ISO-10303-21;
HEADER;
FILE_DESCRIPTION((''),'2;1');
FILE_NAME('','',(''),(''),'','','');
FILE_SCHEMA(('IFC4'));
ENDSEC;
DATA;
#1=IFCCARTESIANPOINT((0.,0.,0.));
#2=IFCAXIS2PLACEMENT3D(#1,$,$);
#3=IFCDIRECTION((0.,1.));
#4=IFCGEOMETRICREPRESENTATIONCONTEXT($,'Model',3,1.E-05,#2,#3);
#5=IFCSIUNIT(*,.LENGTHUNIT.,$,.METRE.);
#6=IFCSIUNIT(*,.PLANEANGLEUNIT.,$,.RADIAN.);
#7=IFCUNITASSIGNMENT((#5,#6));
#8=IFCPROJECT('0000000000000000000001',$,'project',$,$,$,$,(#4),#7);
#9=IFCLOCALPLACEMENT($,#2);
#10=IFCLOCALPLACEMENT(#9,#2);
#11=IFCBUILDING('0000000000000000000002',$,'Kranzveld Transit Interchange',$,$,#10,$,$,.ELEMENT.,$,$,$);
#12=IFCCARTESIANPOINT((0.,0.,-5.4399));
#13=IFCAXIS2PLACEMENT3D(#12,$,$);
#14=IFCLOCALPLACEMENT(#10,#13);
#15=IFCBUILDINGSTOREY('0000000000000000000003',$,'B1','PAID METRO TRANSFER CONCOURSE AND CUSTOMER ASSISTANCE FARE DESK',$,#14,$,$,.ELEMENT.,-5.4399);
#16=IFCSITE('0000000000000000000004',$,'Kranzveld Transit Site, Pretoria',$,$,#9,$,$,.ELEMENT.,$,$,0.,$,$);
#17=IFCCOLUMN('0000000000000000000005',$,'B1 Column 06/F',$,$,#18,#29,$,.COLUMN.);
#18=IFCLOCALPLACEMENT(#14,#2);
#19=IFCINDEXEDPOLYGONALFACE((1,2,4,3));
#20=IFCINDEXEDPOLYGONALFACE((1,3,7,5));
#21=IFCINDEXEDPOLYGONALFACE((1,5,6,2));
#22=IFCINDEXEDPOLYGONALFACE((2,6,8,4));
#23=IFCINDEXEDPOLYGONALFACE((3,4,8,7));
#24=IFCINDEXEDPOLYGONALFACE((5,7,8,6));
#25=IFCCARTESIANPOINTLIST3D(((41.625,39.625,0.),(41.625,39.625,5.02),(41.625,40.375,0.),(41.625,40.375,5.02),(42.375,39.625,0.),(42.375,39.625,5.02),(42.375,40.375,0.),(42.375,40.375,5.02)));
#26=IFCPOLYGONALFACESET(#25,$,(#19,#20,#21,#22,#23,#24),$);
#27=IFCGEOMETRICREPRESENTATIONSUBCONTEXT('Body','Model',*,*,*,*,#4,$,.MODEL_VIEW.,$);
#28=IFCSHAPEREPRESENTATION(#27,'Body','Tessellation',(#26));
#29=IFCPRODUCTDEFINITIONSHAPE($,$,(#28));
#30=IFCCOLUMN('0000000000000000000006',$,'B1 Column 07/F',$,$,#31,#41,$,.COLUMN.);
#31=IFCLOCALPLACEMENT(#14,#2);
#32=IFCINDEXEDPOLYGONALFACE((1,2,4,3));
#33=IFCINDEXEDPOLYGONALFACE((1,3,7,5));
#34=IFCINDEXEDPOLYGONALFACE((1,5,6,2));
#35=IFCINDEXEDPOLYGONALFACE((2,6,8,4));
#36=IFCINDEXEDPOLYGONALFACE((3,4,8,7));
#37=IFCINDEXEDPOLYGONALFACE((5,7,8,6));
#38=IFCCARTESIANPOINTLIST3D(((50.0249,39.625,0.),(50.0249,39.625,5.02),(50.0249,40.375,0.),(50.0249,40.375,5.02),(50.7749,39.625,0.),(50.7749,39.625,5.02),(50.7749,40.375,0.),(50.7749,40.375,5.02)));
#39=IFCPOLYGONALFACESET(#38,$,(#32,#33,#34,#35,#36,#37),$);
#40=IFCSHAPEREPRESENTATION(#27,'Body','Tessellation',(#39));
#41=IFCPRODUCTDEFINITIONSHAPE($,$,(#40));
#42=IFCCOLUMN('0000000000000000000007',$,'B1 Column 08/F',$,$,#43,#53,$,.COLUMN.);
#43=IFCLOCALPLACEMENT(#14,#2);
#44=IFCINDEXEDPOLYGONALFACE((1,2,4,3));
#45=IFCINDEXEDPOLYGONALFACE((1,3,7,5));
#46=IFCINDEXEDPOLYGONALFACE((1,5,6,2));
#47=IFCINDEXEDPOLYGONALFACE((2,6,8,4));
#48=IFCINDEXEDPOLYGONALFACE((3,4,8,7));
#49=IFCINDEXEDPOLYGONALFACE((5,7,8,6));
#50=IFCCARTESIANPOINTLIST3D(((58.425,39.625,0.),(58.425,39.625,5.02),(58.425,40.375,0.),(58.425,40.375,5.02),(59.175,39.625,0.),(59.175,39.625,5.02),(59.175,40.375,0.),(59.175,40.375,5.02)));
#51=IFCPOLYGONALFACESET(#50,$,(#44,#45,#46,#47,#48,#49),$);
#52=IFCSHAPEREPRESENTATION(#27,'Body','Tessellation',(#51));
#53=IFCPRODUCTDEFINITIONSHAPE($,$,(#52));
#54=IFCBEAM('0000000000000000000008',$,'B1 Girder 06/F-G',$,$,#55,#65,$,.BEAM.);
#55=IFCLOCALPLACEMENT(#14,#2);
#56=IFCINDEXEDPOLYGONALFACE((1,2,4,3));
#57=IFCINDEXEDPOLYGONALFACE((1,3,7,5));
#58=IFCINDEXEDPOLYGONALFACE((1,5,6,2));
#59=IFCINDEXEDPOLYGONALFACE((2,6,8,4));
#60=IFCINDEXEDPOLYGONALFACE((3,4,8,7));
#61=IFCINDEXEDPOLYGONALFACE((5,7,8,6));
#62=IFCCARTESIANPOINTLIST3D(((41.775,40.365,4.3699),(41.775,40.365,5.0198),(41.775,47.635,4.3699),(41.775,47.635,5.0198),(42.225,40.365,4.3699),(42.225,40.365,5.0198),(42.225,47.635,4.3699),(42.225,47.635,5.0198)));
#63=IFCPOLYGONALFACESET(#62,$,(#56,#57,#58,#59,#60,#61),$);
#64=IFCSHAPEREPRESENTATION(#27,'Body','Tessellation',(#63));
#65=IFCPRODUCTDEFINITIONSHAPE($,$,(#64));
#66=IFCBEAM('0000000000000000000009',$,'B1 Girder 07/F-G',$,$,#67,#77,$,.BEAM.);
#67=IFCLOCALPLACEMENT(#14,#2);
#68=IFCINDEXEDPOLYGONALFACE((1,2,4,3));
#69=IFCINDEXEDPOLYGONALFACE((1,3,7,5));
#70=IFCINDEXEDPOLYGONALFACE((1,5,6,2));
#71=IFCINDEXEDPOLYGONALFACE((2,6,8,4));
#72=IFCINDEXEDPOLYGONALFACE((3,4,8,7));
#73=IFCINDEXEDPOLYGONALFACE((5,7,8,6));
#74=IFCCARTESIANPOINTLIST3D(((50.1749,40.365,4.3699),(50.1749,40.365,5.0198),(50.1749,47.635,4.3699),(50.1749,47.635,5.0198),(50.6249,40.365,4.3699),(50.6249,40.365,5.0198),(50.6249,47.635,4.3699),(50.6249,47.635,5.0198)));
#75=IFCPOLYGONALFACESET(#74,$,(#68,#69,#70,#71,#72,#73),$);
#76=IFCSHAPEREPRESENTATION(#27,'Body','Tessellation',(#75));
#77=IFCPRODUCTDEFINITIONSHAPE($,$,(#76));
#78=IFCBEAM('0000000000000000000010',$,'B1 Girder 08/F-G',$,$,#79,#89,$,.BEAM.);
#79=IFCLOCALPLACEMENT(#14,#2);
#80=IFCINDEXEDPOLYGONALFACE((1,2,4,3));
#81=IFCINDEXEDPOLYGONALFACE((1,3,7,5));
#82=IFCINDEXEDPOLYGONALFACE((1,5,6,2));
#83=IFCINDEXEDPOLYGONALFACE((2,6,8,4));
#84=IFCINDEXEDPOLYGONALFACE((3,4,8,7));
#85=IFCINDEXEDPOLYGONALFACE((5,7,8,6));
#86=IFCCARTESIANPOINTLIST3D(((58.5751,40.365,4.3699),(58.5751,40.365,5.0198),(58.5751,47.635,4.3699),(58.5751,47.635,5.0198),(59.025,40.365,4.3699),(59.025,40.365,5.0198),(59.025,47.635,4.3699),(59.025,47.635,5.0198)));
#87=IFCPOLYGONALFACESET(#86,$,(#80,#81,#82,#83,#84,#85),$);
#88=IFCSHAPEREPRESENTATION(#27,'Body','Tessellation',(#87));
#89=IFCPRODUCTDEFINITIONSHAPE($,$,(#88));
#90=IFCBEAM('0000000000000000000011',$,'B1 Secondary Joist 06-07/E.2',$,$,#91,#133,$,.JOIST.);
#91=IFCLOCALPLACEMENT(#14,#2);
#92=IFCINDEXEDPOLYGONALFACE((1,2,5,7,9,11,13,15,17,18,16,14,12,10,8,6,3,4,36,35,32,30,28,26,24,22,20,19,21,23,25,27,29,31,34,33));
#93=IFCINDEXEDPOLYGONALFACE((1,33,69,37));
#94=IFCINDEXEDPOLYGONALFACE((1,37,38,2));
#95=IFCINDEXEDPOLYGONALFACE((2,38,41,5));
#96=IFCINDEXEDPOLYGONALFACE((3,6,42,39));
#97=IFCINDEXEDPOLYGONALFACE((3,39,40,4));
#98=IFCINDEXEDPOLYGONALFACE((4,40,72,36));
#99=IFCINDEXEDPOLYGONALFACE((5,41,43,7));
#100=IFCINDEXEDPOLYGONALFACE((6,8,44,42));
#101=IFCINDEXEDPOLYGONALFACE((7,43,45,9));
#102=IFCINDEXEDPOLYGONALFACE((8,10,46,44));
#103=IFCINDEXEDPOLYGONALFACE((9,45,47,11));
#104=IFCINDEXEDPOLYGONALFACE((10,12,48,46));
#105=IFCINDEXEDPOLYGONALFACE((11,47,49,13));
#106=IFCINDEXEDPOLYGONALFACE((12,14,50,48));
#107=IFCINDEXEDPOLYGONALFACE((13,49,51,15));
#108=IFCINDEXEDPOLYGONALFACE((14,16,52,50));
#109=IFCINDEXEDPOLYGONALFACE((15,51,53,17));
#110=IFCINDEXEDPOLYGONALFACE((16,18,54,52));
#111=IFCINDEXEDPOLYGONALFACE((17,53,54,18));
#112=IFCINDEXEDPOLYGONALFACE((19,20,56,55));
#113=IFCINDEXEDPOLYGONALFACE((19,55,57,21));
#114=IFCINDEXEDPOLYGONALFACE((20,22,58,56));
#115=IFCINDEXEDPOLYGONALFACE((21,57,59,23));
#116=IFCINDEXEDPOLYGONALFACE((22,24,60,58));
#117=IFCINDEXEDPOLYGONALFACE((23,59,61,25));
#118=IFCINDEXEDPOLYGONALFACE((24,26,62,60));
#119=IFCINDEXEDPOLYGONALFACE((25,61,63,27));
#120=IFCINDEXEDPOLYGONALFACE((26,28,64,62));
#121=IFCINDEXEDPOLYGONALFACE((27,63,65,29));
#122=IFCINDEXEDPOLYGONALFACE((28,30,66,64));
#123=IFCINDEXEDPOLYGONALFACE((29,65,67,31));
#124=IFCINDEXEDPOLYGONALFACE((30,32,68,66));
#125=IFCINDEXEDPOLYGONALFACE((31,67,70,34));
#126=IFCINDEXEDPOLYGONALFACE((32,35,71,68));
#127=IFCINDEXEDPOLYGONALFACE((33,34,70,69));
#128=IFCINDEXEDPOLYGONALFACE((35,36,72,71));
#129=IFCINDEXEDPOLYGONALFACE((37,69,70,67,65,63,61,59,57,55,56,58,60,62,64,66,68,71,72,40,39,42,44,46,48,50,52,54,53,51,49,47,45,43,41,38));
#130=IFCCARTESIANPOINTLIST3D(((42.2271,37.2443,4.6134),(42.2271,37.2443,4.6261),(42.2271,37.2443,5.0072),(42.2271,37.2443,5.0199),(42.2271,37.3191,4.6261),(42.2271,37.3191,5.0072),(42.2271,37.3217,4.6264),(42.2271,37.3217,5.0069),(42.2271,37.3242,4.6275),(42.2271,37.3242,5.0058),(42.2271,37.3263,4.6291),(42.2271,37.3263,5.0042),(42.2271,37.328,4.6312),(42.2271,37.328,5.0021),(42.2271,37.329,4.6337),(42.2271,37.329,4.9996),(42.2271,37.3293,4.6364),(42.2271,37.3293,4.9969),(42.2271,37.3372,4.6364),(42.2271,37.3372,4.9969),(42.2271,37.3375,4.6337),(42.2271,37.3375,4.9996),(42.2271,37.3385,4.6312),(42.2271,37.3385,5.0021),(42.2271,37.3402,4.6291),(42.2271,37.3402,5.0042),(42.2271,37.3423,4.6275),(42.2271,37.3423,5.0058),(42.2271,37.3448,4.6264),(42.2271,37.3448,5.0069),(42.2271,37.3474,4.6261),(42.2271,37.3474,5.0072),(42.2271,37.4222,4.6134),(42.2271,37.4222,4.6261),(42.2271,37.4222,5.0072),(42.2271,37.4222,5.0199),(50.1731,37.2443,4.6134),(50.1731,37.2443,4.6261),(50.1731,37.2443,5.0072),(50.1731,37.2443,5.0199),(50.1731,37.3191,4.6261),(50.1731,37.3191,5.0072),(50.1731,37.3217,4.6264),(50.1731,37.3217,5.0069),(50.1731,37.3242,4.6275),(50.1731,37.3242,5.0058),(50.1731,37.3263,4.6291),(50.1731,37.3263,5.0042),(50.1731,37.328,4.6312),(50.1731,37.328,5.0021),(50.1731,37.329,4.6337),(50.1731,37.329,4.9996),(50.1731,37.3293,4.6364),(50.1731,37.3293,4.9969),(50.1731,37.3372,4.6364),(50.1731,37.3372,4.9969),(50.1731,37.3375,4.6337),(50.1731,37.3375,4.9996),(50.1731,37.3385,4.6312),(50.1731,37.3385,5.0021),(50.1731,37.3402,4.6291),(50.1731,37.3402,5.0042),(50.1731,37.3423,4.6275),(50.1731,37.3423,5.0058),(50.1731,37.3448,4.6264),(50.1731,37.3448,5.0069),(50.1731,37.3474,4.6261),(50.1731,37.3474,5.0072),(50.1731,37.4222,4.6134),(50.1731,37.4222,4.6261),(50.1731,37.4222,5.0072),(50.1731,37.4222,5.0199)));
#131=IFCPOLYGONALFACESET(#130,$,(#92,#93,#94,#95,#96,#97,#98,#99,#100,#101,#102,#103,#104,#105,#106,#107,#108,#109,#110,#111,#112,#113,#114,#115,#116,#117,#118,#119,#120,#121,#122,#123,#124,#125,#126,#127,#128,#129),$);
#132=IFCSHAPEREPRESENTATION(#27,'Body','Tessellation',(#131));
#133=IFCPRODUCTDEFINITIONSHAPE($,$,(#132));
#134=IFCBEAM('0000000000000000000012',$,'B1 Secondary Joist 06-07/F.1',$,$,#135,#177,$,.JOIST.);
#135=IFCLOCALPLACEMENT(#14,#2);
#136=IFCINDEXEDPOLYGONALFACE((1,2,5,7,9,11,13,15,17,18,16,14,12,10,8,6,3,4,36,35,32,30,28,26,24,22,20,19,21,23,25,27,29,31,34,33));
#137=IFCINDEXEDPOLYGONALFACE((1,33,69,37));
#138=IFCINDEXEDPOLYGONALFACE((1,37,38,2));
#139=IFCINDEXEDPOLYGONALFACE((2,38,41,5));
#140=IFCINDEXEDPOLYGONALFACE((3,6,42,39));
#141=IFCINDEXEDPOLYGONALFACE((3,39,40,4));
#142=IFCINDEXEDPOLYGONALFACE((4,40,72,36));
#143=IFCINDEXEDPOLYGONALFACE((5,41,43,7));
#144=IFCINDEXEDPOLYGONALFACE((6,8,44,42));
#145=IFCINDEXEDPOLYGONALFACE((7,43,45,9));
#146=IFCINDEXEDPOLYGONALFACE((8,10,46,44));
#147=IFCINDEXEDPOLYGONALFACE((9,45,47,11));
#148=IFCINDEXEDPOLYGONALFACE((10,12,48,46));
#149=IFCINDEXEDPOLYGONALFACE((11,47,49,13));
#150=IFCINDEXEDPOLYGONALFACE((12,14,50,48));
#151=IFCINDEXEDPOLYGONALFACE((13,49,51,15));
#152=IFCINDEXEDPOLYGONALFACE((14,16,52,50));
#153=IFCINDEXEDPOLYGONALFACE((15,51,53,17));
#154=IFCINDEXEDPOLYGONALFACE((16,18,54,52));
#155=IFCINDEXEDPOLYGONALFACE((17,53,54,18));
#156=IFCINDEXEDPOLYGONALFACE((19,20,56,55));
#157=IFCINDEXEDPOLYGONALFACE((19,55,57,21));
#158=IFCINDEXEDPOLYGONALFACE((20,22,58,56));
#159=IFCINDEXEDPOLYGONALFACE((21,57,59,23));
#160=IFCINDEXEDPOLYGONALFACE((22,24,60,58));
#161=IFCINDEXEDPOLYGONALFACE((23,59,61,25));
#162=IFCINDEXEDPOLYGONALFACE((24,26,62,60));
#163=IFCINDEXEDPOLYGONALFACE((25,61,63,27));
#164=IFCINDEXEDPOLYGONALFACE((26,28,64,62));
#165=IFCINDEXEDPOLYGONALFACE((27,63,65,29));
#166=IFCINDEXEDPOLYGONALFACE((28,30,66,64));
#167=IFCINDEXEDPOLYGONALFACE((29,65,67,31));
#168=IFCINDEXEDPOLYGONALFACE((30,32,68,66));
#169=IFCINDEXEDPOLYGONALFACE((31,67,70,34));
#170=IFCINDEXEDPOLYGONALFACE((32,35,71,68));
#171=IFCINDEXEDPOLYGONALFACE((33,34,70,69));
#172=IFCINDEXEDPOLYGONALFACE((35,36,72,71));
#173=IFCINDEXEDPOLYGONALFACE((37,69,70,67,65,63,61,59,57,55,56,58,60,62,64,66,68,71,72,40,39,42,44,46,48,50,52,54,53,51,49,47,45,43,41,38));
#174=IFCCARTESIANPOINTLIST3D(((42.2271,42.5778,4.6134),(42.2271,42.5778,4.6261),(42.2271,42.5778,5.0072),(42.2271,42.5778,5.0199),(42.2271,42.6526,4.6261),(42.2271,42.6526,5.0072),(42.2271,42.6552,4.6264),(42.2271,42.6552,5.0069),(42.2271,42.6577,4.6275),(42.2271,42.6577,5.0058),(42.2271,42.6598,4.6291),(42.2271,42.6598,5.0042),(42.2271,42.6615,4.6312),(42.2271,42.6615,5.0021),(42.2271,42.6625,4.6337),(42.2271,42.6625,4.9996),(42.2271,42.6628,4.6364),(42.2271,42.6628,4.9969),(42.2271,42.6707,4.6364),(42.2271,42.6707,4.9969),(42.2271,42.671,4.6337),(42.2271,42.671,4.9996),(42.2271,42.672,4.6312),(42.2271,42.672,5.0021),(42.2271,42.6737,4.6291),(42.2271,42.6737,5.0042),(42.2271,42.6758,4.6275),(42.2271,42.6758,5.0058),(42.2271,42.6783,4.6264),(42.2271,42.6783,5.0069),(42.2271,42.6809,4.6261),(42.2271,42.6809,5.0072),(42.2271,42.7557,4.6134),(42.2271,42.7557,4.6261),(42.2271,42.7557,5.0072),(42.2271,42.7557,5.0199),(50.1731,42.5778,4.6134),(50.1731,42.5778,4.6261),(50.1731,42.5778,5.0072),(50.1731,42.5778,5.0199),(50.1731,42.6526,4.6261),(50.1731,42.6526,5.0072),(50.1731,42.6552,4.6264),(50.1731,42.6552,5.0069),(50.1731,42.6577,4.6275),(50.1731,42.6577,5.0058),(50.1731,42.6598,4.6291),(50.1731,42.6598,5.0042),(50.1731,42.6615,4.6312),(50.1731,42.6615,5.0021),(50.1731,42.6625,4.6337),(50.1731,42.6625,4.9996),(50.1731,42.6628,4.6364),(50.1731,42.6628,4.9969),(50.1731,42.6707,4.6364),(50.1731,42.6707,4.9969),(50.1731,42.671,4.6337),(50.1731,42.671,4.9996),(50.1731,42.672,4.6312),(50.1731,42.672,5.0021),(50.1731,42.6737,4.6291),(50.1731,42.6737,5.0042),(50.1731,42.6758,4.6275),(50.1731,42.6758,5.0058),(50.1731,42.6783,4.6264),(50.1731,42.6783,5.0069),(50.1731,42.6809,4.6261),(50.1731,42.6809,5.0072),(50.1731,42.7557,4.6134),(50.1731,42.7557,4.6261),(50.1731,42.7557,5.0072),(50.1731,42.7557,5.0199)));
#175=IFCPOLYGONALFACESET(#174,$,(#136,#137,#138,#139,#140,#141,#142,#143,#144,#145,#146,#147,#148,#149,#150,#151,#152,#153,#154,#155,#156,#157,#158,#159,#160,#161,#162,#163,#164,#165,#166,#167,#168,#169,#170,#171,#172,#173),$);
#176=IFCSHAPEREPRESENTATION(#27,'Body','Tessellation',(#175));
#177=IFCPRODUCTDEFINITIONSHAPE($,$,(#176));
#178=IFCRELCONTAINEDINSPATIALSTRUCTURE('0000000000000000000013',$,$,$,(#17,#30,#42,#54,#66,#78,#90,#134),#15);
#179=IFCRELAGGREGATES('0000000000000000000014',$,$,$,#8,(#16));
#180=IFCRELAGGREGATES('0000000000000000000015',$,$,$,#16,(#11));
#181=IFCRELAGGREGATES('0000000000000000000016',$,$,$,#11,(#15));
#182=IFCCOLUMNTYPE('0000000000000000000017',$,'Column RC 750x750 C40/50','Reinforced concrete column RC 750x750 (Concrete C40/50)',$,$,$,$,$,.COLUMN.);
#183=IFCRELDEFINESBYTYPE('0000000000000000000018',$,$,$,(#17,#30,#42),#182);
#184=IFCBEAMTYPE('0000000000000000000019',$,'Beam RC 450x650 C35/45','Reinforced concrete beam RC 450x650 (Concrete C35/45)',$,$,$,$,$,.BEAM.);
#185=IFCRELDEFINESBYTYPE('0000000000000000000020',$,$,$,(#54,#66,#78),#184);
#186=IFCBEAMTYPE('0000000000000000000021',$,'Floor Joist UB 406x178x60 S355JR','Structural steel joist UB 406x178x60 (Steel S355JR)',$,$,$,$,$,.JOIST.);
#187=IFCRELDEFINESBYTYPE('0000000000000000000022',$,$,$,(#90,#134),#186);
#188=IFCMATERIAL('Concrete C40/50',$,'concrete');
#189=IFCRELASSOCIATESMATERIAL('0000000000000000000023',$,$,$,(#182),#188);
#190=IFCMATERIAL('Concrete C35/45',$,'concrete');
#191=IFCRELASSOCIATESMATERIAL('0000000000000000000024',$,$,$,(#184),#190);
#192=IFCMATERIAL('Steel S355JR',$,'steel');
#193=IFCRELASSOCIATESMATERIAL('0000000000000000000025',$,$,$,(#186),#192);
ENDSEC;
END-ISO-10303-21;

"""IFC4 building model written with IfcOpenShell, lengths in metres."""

from ifc_helpers import new_model, si_unit, direction, frame, origin, origin_2d, place, context, subcontext, project, spatial, rectangle, i_section, extrude, material, material_profile, profile_set, type_object, element, save


model = new_model("IFC4")

# Units and contexts
model_context = context("Model", 3, precision=1e-05, world=origin(), true_north=direction((0.0, 1.0)))
body_context = subcontext(model_context, "Body", "Model", "MODEL_VIEW")
ifc_project = project(units=[si_unit("LENGTHUNIT", "METRE"), si_unit("PLANEANGLEUNIT", "RADIAN")], contexts=[model_context])

# Site, building, storey
site_placement = place(None, origin())
site = spatial("IfcSite", under=ifc_project, at=site_placement, Name="Kranzveld Transit Site, Pretoria", CompositionType="ELEMENT", RefElevation=0.0)
building_placement = place(site_placement, origin())
building = spatial("IfcBuilding", under=site, at=building_placement, Name="Kranzveld Transit Interchange", CompositionType="ELEMENT")
storey_placement = place(building_placement, frame((0.0, 0.0, -5.4399)))
storey = spatial("IfcBuildingStorey", under=building, at=storey_placement, Name="B1", Description="PAID METRO TRANSFER CONCOURSE AND CUSTOMER ASSISTANCE FARE DESK", CompositionType="ELEMENT", Elevation=-5.4399)

# Columns
ifc_material_1 = material(Name="Concrete C40/50", Category="concrete")
ifc_material_profile_1 = material_profile(ifc_material_1, rectangle(XDim=0.75, YDim=0.75, at=origin_2d()), Name="RC 750x750")
ifc_profile_set_1 = profile_set([ifc_material_profile_1], Name="Concrete C40/50")
column_type = type_object("IfcColumnType", Name="Column RC 750x750 C40/50", Description="Reinforced concrete column RC 750x750 (Concrete C40/50)", PredefinedType="COLUMN", material=ifc_profile_set_1)
for number, where, z_axis, x_axis, name in (
    (1, (42.0, 40.0, 0.0), (0.0, 0.0, 1.0), (1.0, 0.0, 0.0), "B1 Column 06/F"),
    (2, (50.3999, 40.0, 0.0), (0.0, 0.0, 1.0), (1.0, 0.0, 0.0), "B1 Column 07/F"),
    (3, (58.8, 40.0, 0.0), (0.0, 0.0, 1.0), (1.0, 0.0, 0.0), "B1 Column 08/F"),
):
    element("IfcColumn", number, at=place(storey_placement, frame(where, z_axis=z_axis, x_axis=x_axis)), inside=storey, type_object=column_type, Name=name, PredefinedType="COLUMN", context=body_context, shape_type="SweptSolid", body=[
        extrude(rectangle(XDim=0.75, YDim=0.75, at=origin_2d()), origin(), (0.0, 0.0, 1.0), 5.02),
    ])

# Beams
ifc_material_2 = material(Name="Concrete C35/45", Category="concrete")
ifc_material_profile_2 = material_profile(ifc_material_2, rectangle(XDim=0.45, YDim=0.6499, at=origin_2d()), Name="RC 450x650")
ifc_profile_set_2 = profile_set([ifc_material_profile_2], Name="Concrete C35/45")
beam_type_1 = type_object("IfcBeamType", Name="Beam RC 450x650 C35/45", Description="Reinforced concrete beam RC 450x650 (Concrete C35/45)", PredefinedType="BEAM", material=ifc_profile_set_2)
for number, where, z_axis, x_axis, name in (
    (4, (42.0, 40.365, 4.6948), (0.0, 1.0, 0.0), (-1.0, 0.0, 0.0), "B1 Girder 06/F-G"),
    (5, (50.3999, 40.365, 4.6948), (0.0, 1.0, 0.0), (-1.0, 0.0, 0.0), "B1 Girder 07/F-G"),
    (6, (58.8, 40.365, 4.6948), (0.0, 1.0, 0.0), (-1.0, 0.0, 0.0), "B1 Girder 08/F-G"),
):
    element("IfcBeam", number, at=place(storey_placement, frame(where, z_axis=z_axis, x_axis=x_axis)), inside=storey, type_object=beam_type_1, Name=name, PredefinedType="BEAM", context=body_context, shape_type="SweptSolid", body=[
        extrude(rectangle(XDim=0.45, YDim=0.6499, at=origin_2d()), origin(), (0.0, 0.0, 1.0), 7.27),
    ])
ifc_material_3 = material(Name="Steel S355JR", Category="steel")
ifc_material_profile_3 = material_profile(ifc_material_3, i_section(OverallWidth=0.178, OverallDepth=0.4065, WebThickness=0.0078, FlangeThickness=0.0127, FilletRadius=0.0103, at=origin_2d()), Name="UB 406x178x60")
ifc_profile_set_3 = profile_set([ifc_material_profile_3], Name="Steel S355JR")
beam_type_2 = type_object("IfcBeamType", Name="Floor Joist UB 406x178x60 S355JR", Description="Structural steel joist UB 406x178x60 (Steel S355JR)", PredefinedType="JOIST", material=ifc_profile_set_3)
for number, where, z_axis, x_axis, name in (
    (7, (42.2271, 37.3333, 4.8167), (1.0, 0.0, 0.0), (0.0, 1.0, 0.0), "B1 Secondary Joist 06-07/E.2"),
    (8, (42.2271, 42.6667, 4.8167), (1.0, 0.0, 0.0), (0.0, 1.0, 0.0), "B1 Secondary Joist 06-07/F.1"),
):
    element("IfcBeam", number, at=place(storey_placement, frame(where, z_axis=z_axis, x_axis=x_axis)), inside=storey, type_object=beam_type_2, Name=name, PredefinedType="JOIST", context=body_context, shape_type="SweptSolid", body=[
        extrude(i_section(OverallWidth=0.178, OverallDepth=0.4065, WebThickness=0.0078, FlangeThickness=0.0127, FilletRadius=0.0103, at=origin_2d()), origin(), (0.0, 0.0, 1.0), 7.946),
    ])

save(model, "model.ifc")
